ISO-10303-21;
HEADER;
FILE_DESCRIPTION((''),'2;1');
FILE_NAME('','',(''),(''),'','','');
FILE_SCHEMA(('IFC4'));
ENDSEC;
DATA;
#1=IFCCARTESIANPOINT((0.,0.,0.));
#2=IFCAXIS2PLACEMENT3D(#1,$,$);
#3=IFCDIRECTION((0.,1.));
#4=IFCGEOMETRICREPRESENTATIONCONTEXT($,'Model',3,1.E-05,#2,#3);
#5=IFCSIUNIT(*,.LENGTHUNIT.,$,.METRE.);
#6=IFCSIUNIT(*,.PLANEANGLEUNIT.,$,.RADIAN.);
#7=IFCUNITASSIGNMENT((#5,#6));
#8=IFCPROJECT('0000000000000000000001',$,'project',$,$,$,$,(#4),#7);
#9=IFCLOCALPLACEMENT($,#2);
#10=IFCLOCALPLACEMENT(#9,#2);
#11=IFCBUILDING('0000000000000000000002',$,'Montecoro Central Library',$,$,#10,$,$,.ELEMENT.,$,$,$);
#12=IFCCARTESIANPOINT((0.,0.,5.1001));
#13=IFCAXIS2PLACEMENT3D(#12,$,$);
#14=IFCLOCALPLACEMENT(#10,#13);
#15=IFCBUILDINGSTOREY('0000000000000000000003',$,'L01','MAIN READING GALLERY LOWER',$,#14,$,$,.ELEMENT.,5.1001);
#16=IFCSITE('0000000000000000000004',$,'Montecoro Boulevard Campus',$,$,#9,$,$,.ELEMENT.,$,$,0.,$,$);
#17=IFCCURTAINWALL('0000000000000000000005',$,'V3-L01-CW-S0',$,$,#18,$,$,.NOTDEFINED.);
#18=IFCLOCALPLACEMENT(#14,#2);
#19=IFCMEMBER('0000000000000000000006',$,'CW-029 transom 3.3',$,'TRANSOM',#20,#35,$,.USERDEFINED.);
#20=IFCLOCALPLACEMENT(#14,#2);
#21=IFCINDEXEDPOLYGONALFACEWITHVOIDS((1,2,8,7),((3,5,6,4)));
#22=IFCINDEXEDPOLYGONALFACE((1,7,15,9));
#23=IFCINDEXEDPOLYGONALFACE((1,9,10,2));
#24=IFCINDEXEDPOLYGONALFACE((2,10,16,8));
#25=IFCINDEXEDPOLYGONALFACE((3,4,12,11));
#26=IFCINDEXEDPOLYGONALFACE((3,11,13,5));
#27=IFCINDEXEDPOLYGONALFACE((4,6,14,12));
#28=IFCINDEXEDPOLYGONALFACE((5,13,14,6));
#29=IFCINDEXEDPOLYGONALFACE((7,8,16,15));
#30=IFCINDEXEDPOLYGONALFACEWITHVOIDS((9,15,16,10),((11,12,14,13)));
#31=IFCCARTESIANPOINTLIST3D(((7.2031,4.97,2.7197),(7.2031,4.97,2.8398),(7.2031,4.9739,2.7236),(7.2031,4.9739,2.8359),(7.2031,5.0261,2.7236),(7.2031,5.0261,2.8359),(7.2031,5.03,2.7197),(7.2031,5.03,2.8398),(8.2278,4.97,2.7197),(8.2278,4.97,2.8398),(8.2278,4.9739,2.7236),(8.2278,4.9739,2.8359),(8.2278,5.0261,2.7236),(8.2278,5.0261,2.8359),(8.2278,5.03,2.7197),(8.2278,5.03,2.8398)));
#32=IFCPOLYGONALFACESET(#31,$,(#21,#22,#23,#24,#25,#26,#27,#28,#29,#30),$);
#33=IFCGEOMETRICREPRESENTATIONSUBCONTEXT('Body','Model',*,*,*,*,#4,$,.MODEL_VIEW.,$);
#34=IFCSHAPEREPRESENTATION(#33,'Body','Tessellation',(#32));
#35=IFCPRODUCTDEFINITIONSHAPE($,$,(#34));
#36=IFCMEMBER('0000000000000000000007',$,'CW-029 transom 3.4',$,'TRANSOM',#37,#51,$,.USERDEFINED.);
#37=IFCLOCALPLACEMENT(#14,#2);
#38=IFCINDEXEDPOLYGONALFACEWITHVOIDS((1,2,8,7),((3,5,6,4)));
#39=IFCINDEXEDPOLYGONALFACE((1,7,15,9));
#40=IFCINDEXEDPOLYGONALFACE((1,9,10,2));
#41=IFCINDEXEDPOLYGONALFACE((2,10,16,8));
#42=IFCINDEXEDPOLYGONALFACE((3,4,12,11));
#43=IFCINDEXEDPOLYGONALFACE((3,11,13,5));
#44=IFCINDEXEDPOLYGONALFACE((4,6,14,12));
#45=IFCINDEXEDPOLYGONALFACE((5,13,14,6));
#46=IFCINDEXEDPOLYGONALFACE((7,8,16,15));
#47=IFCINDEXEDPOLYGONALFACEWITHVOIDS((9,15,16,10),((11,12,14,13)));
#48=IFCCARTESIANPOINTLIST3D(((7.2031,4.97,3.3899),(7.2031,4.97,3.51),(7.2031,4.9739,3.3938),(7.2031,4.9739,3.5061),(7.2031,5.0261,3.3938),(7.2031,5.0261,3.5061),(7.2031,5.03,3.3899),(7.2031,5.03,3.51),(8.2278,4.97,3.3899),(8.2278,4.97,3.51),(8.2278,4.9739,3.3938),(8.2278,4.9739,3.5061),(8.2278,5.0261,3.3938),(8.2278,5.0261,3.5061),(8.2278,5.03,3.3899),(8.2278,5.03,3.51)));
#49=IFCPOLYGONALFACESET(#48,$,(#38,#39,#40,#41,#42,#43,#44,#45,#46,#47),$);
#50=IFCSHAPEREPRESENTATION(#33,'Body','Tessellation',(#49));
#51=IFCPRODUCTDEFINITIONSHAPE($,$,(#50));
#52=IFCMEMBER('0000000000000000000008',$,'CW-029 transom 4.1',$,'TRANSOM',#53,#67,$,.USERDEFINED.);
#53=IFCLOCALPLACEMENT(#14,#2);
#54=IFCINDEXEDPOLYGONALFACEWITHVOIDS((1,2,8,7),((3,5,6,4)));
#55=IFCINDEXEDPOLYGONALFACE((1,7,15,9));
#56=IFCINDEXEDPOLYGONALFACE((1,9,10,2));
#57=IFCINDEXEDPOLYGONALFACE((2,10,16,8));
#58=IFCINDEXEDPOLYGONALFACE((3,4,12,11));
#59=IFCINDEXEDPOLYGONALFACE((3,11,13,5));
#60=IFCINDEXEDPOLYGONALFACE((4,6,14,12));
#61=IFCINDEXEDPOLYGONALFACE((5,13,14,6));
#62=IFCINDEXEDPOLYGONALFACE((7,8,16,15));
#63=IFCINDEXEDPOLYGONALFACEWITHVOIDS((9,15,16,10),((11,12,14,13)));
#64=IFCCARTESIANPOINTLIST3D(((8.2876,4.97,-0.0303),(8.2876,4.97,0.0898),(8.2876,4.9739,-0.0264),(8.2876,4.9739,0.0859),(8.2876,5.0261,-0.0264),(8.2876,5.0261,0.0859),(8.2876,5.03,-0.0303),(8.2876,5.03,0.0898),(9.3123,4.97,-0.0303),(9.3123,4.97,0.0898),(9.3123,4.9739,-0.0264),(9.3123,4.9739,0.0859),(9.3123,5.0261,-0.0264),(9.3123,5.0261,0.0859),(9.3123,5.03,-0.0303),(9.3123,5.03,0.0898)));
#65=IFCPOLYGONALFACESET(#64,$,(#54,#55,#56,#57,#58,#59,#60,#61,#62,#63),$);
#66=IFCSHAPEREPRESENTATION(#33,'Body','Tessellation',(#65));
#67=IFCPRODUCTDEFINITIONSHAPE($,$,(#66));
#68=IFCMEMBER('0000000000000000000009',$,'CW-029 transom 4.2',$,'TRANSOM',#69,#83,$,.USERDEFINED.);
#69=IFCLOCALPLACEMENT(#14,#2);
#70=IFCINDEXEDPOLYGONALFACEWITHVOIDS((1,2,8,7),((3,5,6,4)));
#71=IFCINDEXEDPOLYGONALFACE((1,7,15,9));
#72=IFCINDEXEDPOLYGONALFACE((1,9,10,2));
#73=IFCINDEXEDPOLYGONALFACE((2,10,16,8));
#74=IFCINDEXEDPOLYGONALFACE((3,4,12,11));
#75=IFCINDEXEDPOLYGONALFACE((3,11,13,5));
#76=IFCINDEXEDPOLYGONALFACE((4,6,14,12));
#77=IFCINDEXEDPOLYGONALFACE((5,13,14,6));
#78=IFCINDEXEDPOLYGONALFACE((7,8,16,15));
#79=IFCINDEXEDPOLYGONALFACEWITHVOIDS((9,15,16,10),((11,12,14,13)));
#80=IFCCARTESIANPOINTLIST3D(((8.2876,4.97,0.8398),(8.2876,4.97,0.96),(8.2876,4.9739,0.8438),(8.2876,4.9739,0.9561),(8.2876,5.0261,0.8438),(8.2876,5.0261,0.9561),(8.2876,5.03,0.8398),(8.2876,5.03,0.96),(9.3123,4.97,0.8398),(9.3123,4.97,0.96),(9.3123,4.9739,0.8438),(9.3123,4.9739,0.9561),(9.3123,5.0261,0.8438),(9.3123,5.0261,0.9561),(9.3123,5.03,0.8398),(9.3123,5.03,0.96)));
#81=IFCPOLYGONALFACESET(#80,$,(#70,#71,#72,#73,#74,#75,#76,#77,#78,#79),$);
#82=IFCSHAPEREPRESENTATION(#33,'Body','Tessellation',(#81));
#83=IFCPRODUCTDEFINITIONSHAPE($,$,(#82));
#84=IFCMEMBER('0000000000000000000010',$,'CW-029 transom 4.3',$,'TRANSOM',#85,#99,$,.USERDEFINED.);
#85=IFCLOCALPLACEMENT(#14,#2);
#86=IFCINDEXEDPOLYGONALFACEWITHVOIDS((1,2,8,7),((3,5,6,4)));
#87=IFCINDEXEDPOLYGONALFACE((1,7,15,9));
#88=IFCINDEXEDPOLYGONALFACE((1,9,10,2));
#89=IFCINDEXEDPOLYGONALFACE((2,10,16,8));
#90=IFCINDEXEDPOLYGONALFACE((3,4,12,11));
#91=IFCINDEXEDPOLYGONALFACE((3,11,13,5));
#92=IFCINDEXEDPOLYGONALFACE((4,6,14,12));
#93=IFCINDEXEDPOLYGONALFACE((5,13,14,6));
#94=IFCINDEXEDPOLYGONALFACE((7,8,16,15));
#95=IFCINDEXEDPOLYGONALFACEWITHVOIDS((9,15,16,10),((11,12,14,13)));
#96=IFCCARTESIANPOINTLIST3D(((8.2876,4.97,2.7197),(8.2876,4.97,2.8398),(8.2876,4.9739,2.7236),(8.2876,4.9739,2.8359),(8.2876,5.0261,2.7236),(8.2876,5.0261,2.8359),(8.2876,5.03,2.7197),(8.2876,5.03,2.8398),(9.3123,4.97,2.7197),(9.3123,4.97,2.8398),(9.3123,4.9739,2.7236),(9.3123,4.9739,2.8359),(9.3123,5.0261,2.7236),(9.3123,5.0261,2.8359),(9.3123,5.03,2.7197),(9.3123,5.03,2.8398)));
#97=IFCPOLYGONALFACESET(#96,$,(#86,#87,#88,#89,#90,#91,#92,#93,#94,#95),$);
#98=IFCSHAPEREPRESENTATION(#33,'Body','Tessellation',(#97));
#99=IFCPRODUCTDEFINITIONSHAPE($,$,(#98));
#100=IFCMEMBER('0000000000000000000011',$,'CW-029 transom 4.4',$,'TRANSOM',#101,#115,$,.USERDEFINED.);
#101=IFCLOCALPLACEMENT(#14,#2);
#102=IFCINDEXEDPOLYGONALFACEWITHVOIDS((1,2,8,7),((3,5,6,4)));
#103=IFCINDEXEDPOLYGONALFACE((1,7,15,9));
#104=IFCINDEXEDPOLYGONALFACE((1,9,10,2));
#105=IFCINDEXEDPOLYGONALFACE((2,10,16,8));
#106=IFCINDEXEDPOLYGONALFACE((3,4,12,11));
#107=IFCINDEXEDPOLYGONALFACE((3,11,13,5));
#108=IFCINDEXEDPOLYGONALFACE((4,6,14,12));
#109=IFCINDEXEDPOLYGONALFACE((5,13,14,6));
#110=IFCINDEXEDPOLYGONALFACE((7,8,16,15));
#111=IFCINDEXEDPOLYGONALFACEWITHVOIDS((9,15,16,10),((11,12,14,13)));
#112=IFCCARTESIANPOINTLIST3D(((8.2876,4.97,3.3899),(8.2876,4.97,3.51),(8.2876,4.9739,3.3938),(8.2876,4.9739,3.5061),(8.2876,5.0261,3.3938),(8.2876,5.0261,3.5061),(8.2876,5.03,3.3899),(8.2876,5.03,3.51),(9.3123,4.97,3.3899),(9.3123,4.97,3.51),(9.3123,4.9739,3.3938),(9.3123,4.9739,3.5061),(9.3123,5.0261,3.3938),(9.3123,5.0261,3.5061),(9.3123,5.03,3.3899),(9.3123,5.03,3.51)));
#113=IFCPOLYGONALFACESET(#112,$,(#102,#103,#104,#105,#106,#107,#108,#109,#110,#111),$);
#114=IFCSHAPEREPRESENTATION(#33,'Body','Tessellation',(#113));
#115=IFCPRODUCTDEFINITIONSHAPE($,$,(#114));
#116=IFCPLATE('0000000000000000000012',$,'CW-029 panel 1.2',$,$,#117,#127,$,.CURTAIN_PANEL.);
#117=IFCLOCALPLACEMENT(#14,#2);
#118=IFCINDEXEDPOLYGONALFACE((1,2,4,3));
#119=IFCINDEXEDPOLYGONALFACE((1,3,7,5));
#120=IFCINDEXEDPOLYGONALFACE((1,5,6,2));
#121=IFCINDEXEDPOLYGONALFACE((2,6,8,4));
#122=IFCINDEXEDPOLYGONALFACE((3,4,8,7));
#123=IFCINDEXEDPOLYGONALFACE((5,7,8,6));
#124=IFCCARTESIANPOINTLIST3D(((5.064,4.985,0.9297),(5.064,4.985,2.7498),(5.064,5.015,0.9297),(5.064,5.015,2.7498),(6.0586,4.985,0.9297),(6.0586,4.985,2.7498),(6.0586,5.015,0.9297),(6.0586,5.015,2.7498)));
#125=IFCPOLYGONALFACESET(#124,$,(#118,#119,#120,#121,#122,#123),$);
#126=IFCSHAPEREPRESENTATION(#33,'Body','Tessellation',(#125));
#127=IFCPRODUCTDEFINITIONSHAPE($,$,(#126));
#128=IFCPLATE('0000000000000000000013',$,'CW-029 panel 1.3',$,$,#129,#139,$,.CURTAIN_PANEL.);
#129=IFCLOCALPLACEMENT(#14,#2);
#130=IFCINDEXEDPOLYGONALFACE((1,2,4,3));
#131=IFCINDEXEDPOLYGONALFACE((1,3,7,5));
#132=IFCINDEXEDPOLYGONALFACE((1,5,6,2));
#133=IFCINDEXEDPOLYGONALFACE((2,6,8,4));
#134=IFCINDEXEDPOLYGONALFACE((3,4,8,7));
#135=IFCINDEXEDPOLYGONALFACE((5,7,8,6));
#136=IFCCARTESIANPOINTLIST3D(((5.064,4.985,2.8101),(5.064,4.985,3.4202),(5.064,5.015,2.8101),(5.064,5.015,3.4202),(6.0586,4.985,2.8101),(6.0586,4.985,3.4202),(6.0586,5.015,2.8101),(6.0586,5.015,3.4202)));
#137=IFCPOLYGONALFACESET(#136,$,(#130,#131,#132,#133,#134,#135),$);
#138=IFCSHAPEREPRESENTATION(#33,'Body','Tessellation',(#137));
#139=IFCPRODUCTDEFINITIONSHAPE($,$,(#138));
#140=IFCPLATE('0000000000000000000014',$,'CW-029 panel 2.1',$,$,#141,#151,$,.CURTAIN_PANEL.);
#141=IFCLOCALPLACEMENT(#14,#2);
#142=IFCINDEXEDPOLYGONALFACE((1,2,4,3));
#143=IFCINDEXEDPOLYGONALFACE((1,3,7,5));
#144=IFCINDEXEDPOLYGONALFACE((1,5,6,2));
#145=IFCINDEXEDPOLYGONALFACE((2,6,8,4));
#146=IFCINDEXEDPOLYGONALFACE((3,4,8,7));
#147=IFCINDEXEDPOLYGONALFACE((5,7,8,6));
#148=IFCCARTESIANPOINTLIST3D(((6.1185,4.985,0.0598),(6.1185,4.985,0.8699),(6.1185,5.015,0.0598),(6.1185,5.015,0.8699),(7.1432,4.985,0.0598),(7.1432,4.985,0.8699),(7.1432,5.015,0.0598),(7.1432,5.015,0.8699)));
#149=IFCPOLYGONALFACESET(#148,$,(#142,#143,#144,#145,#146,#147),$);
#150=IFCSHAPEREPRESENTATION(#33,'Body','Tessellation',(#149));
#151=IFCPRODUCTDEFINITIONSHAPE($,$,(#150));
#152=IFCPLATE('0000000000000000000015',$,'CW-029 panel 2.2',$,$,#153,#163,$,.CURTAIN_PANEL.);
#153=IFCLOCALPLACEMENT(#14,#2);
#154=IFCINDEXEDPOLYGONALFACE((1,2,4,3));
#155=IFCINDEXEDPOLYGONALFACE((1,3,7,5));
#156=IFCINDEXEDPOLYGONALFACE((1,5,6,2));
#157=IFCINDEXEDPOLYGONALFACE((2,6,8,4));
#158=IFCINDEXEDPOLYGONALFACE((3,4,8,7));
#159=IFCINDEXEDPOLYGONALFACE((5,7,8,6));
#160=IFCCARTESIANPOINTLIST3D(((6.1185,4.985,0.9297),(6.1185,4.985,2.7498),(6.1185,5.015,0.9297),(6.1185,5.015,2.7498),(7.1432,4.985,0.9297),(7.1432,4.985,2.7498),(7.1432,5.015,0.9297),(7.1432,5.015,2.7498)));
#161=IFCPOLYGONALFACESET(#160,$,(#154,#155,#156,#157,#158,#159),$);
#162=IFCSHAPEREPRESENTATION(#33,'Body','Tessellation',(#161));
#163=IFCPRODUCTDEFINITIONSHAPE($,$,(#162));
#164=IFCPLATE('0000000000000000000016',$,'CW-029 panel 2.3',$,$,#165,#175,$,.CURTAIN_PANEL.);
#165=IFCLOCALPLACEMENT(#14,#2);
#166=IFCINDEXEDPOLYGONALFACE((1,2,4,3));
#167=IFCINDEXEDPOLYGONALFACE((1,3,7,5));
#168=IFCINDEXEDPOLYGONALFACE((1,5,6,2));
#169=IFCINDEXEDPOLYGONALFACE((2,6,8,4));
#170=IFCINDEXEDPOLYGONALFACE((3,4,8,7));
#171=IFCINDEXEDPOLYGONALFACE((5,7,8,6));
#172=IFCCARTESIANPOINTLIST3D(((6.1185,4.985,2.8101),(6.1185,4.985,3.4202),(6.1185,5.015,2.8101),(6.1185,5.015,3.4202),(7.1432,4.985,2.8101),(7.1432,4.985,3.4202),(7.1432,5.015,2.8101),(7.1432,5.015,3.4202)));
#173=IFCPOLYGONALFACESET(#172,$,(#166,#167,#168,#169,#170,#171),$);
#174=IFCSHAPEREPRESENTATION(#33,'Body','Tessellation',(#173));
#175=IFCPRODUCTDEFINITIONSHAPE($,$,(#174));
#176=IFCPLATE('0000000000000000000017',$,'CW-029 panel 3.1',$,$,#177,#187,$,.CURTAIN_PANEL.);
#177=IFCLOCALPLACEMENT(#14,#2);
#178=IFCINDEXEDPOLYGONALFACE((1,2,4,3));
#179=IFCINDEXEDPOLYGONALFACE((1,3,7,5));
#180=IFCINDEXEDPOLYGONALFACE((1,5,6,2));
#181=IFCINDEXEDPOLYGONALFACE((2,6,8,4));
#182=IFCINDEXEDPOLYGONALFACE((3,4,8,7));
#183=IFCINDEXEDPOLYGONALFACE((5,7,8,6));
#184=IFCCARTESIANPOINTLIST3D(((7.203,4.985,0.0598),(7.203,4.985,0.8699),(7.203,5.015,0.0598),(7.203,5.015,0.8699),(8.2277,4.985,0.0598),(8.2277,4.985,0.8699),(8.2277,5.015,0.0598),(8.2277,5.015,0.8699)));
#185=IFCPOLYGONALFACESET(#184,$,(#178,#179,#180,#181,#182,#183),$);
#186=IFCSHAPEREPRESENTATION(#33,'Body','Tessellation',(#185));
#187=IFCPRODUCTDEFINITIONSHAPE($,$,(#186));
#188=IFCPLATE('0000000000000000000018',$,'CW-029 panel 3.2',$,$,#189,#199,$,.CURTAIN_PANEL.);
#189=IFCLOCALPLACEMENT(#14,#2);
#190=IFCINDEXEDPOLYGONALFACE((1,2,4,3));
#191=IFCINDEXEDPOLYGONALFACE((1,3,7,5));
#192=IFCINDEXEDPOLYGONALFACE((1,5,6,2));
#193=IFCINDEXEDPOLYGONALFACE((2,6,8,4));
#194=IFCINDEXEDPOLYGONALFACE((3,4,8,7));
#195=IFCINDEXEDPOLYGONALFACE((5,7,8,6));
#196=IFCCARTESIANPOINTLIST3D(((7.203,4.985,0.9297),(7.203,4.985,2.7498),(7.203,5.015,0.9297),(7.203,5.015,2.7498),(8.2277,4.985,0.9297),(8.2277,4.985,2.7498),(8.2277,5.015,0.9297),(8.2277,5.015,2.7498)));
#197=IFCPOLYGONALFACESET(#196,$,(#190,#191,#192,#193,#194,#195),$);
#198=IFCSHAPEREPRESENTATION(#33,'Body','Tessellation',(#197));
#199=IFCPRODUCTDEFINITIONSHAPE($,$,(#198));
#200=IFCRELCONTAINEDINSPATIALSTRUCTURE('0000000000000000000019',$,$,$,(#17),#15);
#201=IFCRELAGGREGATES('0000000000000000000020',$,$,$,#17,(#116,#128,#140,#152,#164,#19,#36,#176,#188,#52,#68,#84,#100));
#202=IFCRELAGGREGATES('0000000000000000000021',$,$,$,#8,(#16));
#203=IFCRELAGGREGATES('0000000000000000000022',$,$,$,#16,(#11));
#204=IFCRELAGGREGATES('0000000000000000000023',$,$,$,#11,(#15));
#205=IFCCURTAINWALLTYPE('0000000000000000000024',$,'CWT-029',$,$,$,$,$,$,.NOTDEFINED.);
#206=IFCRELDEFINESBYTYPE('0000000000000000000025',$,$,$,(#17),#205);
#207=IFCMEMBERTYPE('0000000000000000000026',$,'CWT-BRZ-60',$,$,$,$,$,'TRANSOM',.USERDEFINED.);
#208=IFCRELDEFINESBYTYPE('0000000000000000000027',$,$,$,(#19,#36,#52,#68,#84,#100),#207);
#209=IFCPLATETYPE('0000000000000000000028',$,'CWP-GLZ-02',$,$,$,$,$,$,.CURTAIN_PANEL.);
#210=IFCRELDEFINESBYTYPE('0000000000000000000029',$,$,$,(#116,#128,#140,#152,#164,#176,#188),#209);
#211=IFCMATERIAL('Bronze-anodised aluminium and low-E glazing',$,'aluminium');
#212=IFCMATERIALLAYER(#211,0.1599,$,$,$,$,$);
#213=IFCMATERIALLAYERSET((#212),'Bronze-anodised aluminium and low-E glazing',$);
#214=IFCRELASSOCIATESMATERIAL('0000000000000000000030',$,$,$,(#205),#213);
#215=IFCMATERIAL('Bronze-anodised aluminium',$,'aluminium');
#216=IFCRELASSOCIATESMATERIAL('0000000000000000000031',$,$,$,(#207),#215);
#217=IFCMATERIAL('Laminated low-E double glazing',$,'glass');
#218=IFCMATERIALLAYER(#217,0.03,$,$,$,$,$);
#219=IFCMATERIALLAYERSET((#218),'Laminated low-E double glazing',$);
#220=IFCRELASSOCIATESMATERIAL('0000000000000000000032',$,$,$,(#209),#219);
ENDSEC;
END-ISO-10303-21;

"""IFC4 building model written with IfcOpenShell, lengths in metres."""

from ifc_helpers import new_model, si_unit, direction, frame, origin, origin_2d, place, context, subcontext, project, spatial, rectangle, hollow_rectangle, extrude, material, layer, layer_set, material_profile, profile_set, type_object, element, aggregate, save


model = new_model("IFC4")

# Units and contexts
model_context = context("Model", 3, precision=1e-05, world=origin(), true_north=direction((0.0, 1.0)))
body_context = subcontext(model_context, "Body", "Model", "MODEL_VIEW")
ifc_project = project(units=[si_unit("LENGTHUNIT", "METRE"), si_unit("PLANEANGLEUNIT", "RADIAN")], contexts=[model_context])

# Site, building, storey
site_placement = place(None, origin())
site = spatial("IfcSite", under=ifc_project, at=site_placement, Name="Montecoro Boulevard Campus", CompositionType="ELEMENT", RefElevation=0.0)
building_placement = place(site_placement, origin())
building = spatial("IfcBuilding", under=site, at=building_placement, Name="Montecoro Central Library", CompositionType="ELEMENT")
storey_placement = place(building_placement, frame((0.0, 0.0, 5.1001)))
storey = spatial("IfcBuildingStorey", under=building, at=storey_placement, Name="L01", Description="MAIN READING GALLERY LOWER", CompositionType="ELEMENT", Elevation=5.1001)

# Curtain wall, members, plates
ifc_material_1 = material(Name="Bronze-anodised aluminium and low-E glazing", Category="aluminium")
ifc_layer_1 = layer(ifc_material_1, 0.1599)
ifc_layer_set_1 = layer_set([ifc_layer_1], Name="Bronze-anodised aluminium and low-E glazing")
curtain_wall_type = type_object("IfcCurtainWallType", Name="CWT-029", PredefinedType="NOTDEFINED", material=ifc_layer_set_1)
curtain_wall_placement = place(storey_placement, origin())
curtain_wall = element("IfcCurtainWall", 1, at=curtain_wall_placement, inside=storey, type_object=curtain_wall_type, Name="V3-L01-CW-S0", PredefinedType="NOTDEFINED")
ifc_material_2 = material(Name="Bronze-anodised aluminium", Category="aluminium")
ifc_material_profile_1 = material_profile(ifc_material_2, hollow_rectangle(XDim=0.0601, YDim=0.1201, WallThickness=0.0039, at=origin_2d()), Name="CWT 120x60x4.0")
ifc_profile_set_1 = profile_set([ifc_material_profile_1], Name="Bronze-anodised aluminium")
member_type_1 = type_object("IfcMemberType", Name="CWT-BRZ-60", ElementType="TRANSOM", PredefinedType="USERDEFINED", material=ifc_profile_set_1)
member_1_placement = place(storey_placement, frame((7.2031, 5.0, 2.7798), z_axis=(1.0, 0.0, 0.0), x_axis=(0.0, 1.0, 0.0)))
member_1 = element("IfcMember", 2, at=member_1_placement, type_object=member_type_1, Name="CW-029 transom 3.3", ObjectType="TRANSOM", PredefinedType="USERDEFINED", context=body_context, shape_type="SweptSolid", body=[
    extrude(hollow_rectangle(XDim=0.0601, YDim=0.1201, WallThickness=0.0039, at=origin_2d()), origin(), (0.0, 0.0, 1.0), 1.0247),
])
member_2_placement = place(storey_placement, frame((7.2031, 5.0, 3.45), z_axis=(1.0, 0.0, 0.0), x_axis=(0.0, 1.0, 0.0)))
member_2 = element("IfcMember", 3, at=member_2_placement, type_object=member_type_1, Name="CW-029 transom 3.4", ObjectType="TRANSOM", PredefinedType="USERDEFINED", context=body_context, shape_type="SweptSolid", body=[
    extrude(hollow_rectangle(XDim=0.0601, YDim=0.1201, WallThickness=0.0039, at=origin_2d()), origin(), (0.0, 0.0, 1.0), 1.0247),
])
member_3_placement = place(storey_placement, frame((8.2876, 5.0, 0.0298), z_axis=(1.0, 0.0, 0.0), x_axis=(0.0, 1.0, 0.0)))
member_3 = element("IfcMember", 4, at=member_3_placement, type_object=member_type_1, Name="CW-029 transom 4.1", ObjectType="TRANSOM", PredefinedType="USERDEFINED", context=body_context, shape_type="SweptSolid", body=[
    extrude(hollow_rectangle(XDim=0.0601, YDim=0.1201, WallThickness=0.0039, at=origin_2d()), origin(), (0.0, 0.0, 1.0), 1.0247),
])
member_4_placement = place(storey_placement, frame((8.2876, 5.0, 0.8999), z_axis=(1.0, 0.0, 0.0), x_axis=(0.0, 1.0, 0.0)))
member_4 = element("IfcMember", 5, at=member_4_placement, type_object=member_type_1, Name="CW-029 transom 4.2", ObjectType="TRANSOM", PredefinedType="USERDEFINED", context=body_context, shape_type="SweptSolid", body=[
    extrude(hollow_rectangle(XDim=0.0601, YDim=0.1201, WallThickness=0.0039, at=origin_2d()), origin(), (0.0, 0.0, 1.0), 1.0247),
])
member_5_placement = place(storey_placement, frame((8.2876, 5.0, 2.7798), z_axis=(1.0, 0.0, 0.0), x_axis=(0.0, 1.0, 0.0)))
member_5 = element("IfcMember", 6, at=member_5_placement, type_object=member_type_1, Name="CW-029 transom 4.3", ObjectType="TRANSOM", PredefinedType="USERDEFINED", context=body_context, shape_type="SweptSolid", body=[
    extrude(hollow_rectangle(XDim=0.0601, YDim=0.1201, WallThickness=0.0039, at=origin_2d()), origin(), (0.0, 0.0, 1.0), 1.0247),
])
member_6_placement = place(storey_placement, frame((8.2876, 5.0, 3.45), z_axis=(1.0, 0.0, 0.0), x_axis=(0.0, 1.0, 0.0)))
member_6 = element("IfcMember", 7, at=member_6_placement, type_object=member_type_1, Name="CW-029 transom 4.4", ObjectType="TRANSOM", PredefinedType="USERDEFINED", context=body_context, shape_type="SweptSolid", body=[
    extrude(hollow_rectangle(XDim=0.0601, YDim=0.1201, WallThickness=0.0039, at=origin_2d()), origin(), (0.0, 0.0, 1.0), 1.0247),
])
ifc_material_3 = material(Name="Laminated low-E double glazing", Category="glass")
ifc_layer_2 = layer(ifc_material_3, 0.03)
ifc_layer_set_2 = layer_set([ifc_layer_2], Name="Laminated low-E double glazing")
plate_type = type_object("IfcPlateType", Name="CWP-GLZ-02", PredefinedType="CURTAIN_PANEL", material=ifc_layer_set_2)
plate_1_placement = place(storey_placement, frame((5.5613, 5.0, 0.9297), z_axis=(0.0, 0.0, 1.0), x_axis=(1.0, 0.0, 0.0)))
plate_1 = element("IfcPlate", 8, at=plate_1_placement, type_object=plate_type, Name="CW-029 panel 1.2", PredefinedType="CURTAIN_PANEL", context=body_context, shape_type="SweptSolid", body=[
    extrude(rectangle(XDim=0.9946, YDim=0.03, at=origin_2d()), origin(), (0.0, 0.0, 1.0), 1.8201),
])
plate_2_placement = place(storey_placement, frame((5.5613, 5.0, 2.8101), z_axis=(0.0, 0.0, 1.0), x_axis=(1.0, 0.0, 0.0)))
plate_2 = element("IfcPlate", 9, at=plate_2_placement, type_object=plate_type, Name="CW-029 panel 1.3", PredefinedType="CURTAIN_PANEL", context=body_context, shape_type="SweptSolid", body=[
    extrude(rectangle(XDim=0.9946, YDim=0.03, at=origin_2d()), origin(), (0.0, 0.0, 1.0), 0.6101),
])
plate_3_placement = place(storey_placement, frame((6.6309, 5.0, 0.0598), z_axis=(0.0, 0.0, 1.0), x_axis=(1.0, 0.0, 0.0)))
plate_3 = element("IfcPlate", 10, at=plate_3_placement, type_object=plate_type, Name="CW-029 panel 2.1", PredefinedType="CURTAIN_PANEL", context=body_context, shape_type="SweptSolid", body=[
    extrude(rectangle(XDim=1.0247, YDim=0.03, at=origin_2d()), origin(), (0.0, 0.0, 1.0), 0.8101),
])
plate_4_placement = place(storey_placement, frame((6.6309, 5.0, 0.9297), z_axis=(0.0, 0.0, 1.0), x_axis=(1.0, 0.0, 0.0)))
plate_4 = element("IfcPlate", 11, at=plate_4_placement, type_object=plate_type, Name="CW-029 panel 2.2", PredefinedType="CURTAIN_PANEL", context=body_context, shape_type="SweptSolid", body=[
    extrude(rectangle(XDim=1.0247, YDim=0.03, at=origin_2d()), origin(), (0.0, 0.0, 1.0), 1.8201),
])
plate_5_placement = place(storey_placement, frame((6.6309, 5.0, 2.8101), z_axis=(0.0, 0.0, 1.0), x_axis=(1.0, 0.0, 0.0)))
plate_5 = element("IfcPlate", 12, at=plate_5_placement, type_object=plate_type, Name="CW-029 panel 2.3", PredefinedType="CURTAIN_PANEL", context=body_context, shape_type="SweptSolid", body=[
    extrude(rectangle(XDim=1.0247, YDim=0.03, at=origin_2d()), origin(), (0.0, 0.0, 1.0), 0.6101),
])
plate_6_placement = place(storey_placement, frame((7.7153, 5.0, 0.0598), z_axis=(0.0, 0.0, 1.0), x_axis=(1.0, 0.0, 0.0)))
plate_6 = element("IfcPlate", 13, at=plate_6_placement, type_object=plate_type, Name="CW-029 panel 3.1", PredefinedType="CURTAIN_PANEL", context=body_context, shape_type="SweptSolid", body=[
    extrude(rectangle(XDim=1.0247, YDim=0.03, at=origin_2d()), origin(), (0.0, 0.0, 1.0), 0.8101),
])
plate_7_placement = place(storey_placement, frame((7.7153, 5.0, 0.9297), z_axis=(0.0, 0.0, 1.0), x_axis=(1.0, 0.0, 0.0)))
plate_7 = element("IfcPlate", 14, at=plate_7_placement, type_object=plate_type, Name="CW-029 panel 3.2", PredefinedType="CURTAIN_PANEL", context=body_context, shape_type="SweptSolid", body=[
    extrude(rectangle(XDim=1.0247, YDim=0.03, at=origin_2d()), origin(), (0.0, 0.0, 1.0), 1.8201),
])
aggregate(curtain_wall, [plate_1, plate_2, plate_3, plate_4, plate_5, member_1, member_2, plate_6, plate_7, member_3, member_4, member_5, member_6])

save(model, "model.ifc")
